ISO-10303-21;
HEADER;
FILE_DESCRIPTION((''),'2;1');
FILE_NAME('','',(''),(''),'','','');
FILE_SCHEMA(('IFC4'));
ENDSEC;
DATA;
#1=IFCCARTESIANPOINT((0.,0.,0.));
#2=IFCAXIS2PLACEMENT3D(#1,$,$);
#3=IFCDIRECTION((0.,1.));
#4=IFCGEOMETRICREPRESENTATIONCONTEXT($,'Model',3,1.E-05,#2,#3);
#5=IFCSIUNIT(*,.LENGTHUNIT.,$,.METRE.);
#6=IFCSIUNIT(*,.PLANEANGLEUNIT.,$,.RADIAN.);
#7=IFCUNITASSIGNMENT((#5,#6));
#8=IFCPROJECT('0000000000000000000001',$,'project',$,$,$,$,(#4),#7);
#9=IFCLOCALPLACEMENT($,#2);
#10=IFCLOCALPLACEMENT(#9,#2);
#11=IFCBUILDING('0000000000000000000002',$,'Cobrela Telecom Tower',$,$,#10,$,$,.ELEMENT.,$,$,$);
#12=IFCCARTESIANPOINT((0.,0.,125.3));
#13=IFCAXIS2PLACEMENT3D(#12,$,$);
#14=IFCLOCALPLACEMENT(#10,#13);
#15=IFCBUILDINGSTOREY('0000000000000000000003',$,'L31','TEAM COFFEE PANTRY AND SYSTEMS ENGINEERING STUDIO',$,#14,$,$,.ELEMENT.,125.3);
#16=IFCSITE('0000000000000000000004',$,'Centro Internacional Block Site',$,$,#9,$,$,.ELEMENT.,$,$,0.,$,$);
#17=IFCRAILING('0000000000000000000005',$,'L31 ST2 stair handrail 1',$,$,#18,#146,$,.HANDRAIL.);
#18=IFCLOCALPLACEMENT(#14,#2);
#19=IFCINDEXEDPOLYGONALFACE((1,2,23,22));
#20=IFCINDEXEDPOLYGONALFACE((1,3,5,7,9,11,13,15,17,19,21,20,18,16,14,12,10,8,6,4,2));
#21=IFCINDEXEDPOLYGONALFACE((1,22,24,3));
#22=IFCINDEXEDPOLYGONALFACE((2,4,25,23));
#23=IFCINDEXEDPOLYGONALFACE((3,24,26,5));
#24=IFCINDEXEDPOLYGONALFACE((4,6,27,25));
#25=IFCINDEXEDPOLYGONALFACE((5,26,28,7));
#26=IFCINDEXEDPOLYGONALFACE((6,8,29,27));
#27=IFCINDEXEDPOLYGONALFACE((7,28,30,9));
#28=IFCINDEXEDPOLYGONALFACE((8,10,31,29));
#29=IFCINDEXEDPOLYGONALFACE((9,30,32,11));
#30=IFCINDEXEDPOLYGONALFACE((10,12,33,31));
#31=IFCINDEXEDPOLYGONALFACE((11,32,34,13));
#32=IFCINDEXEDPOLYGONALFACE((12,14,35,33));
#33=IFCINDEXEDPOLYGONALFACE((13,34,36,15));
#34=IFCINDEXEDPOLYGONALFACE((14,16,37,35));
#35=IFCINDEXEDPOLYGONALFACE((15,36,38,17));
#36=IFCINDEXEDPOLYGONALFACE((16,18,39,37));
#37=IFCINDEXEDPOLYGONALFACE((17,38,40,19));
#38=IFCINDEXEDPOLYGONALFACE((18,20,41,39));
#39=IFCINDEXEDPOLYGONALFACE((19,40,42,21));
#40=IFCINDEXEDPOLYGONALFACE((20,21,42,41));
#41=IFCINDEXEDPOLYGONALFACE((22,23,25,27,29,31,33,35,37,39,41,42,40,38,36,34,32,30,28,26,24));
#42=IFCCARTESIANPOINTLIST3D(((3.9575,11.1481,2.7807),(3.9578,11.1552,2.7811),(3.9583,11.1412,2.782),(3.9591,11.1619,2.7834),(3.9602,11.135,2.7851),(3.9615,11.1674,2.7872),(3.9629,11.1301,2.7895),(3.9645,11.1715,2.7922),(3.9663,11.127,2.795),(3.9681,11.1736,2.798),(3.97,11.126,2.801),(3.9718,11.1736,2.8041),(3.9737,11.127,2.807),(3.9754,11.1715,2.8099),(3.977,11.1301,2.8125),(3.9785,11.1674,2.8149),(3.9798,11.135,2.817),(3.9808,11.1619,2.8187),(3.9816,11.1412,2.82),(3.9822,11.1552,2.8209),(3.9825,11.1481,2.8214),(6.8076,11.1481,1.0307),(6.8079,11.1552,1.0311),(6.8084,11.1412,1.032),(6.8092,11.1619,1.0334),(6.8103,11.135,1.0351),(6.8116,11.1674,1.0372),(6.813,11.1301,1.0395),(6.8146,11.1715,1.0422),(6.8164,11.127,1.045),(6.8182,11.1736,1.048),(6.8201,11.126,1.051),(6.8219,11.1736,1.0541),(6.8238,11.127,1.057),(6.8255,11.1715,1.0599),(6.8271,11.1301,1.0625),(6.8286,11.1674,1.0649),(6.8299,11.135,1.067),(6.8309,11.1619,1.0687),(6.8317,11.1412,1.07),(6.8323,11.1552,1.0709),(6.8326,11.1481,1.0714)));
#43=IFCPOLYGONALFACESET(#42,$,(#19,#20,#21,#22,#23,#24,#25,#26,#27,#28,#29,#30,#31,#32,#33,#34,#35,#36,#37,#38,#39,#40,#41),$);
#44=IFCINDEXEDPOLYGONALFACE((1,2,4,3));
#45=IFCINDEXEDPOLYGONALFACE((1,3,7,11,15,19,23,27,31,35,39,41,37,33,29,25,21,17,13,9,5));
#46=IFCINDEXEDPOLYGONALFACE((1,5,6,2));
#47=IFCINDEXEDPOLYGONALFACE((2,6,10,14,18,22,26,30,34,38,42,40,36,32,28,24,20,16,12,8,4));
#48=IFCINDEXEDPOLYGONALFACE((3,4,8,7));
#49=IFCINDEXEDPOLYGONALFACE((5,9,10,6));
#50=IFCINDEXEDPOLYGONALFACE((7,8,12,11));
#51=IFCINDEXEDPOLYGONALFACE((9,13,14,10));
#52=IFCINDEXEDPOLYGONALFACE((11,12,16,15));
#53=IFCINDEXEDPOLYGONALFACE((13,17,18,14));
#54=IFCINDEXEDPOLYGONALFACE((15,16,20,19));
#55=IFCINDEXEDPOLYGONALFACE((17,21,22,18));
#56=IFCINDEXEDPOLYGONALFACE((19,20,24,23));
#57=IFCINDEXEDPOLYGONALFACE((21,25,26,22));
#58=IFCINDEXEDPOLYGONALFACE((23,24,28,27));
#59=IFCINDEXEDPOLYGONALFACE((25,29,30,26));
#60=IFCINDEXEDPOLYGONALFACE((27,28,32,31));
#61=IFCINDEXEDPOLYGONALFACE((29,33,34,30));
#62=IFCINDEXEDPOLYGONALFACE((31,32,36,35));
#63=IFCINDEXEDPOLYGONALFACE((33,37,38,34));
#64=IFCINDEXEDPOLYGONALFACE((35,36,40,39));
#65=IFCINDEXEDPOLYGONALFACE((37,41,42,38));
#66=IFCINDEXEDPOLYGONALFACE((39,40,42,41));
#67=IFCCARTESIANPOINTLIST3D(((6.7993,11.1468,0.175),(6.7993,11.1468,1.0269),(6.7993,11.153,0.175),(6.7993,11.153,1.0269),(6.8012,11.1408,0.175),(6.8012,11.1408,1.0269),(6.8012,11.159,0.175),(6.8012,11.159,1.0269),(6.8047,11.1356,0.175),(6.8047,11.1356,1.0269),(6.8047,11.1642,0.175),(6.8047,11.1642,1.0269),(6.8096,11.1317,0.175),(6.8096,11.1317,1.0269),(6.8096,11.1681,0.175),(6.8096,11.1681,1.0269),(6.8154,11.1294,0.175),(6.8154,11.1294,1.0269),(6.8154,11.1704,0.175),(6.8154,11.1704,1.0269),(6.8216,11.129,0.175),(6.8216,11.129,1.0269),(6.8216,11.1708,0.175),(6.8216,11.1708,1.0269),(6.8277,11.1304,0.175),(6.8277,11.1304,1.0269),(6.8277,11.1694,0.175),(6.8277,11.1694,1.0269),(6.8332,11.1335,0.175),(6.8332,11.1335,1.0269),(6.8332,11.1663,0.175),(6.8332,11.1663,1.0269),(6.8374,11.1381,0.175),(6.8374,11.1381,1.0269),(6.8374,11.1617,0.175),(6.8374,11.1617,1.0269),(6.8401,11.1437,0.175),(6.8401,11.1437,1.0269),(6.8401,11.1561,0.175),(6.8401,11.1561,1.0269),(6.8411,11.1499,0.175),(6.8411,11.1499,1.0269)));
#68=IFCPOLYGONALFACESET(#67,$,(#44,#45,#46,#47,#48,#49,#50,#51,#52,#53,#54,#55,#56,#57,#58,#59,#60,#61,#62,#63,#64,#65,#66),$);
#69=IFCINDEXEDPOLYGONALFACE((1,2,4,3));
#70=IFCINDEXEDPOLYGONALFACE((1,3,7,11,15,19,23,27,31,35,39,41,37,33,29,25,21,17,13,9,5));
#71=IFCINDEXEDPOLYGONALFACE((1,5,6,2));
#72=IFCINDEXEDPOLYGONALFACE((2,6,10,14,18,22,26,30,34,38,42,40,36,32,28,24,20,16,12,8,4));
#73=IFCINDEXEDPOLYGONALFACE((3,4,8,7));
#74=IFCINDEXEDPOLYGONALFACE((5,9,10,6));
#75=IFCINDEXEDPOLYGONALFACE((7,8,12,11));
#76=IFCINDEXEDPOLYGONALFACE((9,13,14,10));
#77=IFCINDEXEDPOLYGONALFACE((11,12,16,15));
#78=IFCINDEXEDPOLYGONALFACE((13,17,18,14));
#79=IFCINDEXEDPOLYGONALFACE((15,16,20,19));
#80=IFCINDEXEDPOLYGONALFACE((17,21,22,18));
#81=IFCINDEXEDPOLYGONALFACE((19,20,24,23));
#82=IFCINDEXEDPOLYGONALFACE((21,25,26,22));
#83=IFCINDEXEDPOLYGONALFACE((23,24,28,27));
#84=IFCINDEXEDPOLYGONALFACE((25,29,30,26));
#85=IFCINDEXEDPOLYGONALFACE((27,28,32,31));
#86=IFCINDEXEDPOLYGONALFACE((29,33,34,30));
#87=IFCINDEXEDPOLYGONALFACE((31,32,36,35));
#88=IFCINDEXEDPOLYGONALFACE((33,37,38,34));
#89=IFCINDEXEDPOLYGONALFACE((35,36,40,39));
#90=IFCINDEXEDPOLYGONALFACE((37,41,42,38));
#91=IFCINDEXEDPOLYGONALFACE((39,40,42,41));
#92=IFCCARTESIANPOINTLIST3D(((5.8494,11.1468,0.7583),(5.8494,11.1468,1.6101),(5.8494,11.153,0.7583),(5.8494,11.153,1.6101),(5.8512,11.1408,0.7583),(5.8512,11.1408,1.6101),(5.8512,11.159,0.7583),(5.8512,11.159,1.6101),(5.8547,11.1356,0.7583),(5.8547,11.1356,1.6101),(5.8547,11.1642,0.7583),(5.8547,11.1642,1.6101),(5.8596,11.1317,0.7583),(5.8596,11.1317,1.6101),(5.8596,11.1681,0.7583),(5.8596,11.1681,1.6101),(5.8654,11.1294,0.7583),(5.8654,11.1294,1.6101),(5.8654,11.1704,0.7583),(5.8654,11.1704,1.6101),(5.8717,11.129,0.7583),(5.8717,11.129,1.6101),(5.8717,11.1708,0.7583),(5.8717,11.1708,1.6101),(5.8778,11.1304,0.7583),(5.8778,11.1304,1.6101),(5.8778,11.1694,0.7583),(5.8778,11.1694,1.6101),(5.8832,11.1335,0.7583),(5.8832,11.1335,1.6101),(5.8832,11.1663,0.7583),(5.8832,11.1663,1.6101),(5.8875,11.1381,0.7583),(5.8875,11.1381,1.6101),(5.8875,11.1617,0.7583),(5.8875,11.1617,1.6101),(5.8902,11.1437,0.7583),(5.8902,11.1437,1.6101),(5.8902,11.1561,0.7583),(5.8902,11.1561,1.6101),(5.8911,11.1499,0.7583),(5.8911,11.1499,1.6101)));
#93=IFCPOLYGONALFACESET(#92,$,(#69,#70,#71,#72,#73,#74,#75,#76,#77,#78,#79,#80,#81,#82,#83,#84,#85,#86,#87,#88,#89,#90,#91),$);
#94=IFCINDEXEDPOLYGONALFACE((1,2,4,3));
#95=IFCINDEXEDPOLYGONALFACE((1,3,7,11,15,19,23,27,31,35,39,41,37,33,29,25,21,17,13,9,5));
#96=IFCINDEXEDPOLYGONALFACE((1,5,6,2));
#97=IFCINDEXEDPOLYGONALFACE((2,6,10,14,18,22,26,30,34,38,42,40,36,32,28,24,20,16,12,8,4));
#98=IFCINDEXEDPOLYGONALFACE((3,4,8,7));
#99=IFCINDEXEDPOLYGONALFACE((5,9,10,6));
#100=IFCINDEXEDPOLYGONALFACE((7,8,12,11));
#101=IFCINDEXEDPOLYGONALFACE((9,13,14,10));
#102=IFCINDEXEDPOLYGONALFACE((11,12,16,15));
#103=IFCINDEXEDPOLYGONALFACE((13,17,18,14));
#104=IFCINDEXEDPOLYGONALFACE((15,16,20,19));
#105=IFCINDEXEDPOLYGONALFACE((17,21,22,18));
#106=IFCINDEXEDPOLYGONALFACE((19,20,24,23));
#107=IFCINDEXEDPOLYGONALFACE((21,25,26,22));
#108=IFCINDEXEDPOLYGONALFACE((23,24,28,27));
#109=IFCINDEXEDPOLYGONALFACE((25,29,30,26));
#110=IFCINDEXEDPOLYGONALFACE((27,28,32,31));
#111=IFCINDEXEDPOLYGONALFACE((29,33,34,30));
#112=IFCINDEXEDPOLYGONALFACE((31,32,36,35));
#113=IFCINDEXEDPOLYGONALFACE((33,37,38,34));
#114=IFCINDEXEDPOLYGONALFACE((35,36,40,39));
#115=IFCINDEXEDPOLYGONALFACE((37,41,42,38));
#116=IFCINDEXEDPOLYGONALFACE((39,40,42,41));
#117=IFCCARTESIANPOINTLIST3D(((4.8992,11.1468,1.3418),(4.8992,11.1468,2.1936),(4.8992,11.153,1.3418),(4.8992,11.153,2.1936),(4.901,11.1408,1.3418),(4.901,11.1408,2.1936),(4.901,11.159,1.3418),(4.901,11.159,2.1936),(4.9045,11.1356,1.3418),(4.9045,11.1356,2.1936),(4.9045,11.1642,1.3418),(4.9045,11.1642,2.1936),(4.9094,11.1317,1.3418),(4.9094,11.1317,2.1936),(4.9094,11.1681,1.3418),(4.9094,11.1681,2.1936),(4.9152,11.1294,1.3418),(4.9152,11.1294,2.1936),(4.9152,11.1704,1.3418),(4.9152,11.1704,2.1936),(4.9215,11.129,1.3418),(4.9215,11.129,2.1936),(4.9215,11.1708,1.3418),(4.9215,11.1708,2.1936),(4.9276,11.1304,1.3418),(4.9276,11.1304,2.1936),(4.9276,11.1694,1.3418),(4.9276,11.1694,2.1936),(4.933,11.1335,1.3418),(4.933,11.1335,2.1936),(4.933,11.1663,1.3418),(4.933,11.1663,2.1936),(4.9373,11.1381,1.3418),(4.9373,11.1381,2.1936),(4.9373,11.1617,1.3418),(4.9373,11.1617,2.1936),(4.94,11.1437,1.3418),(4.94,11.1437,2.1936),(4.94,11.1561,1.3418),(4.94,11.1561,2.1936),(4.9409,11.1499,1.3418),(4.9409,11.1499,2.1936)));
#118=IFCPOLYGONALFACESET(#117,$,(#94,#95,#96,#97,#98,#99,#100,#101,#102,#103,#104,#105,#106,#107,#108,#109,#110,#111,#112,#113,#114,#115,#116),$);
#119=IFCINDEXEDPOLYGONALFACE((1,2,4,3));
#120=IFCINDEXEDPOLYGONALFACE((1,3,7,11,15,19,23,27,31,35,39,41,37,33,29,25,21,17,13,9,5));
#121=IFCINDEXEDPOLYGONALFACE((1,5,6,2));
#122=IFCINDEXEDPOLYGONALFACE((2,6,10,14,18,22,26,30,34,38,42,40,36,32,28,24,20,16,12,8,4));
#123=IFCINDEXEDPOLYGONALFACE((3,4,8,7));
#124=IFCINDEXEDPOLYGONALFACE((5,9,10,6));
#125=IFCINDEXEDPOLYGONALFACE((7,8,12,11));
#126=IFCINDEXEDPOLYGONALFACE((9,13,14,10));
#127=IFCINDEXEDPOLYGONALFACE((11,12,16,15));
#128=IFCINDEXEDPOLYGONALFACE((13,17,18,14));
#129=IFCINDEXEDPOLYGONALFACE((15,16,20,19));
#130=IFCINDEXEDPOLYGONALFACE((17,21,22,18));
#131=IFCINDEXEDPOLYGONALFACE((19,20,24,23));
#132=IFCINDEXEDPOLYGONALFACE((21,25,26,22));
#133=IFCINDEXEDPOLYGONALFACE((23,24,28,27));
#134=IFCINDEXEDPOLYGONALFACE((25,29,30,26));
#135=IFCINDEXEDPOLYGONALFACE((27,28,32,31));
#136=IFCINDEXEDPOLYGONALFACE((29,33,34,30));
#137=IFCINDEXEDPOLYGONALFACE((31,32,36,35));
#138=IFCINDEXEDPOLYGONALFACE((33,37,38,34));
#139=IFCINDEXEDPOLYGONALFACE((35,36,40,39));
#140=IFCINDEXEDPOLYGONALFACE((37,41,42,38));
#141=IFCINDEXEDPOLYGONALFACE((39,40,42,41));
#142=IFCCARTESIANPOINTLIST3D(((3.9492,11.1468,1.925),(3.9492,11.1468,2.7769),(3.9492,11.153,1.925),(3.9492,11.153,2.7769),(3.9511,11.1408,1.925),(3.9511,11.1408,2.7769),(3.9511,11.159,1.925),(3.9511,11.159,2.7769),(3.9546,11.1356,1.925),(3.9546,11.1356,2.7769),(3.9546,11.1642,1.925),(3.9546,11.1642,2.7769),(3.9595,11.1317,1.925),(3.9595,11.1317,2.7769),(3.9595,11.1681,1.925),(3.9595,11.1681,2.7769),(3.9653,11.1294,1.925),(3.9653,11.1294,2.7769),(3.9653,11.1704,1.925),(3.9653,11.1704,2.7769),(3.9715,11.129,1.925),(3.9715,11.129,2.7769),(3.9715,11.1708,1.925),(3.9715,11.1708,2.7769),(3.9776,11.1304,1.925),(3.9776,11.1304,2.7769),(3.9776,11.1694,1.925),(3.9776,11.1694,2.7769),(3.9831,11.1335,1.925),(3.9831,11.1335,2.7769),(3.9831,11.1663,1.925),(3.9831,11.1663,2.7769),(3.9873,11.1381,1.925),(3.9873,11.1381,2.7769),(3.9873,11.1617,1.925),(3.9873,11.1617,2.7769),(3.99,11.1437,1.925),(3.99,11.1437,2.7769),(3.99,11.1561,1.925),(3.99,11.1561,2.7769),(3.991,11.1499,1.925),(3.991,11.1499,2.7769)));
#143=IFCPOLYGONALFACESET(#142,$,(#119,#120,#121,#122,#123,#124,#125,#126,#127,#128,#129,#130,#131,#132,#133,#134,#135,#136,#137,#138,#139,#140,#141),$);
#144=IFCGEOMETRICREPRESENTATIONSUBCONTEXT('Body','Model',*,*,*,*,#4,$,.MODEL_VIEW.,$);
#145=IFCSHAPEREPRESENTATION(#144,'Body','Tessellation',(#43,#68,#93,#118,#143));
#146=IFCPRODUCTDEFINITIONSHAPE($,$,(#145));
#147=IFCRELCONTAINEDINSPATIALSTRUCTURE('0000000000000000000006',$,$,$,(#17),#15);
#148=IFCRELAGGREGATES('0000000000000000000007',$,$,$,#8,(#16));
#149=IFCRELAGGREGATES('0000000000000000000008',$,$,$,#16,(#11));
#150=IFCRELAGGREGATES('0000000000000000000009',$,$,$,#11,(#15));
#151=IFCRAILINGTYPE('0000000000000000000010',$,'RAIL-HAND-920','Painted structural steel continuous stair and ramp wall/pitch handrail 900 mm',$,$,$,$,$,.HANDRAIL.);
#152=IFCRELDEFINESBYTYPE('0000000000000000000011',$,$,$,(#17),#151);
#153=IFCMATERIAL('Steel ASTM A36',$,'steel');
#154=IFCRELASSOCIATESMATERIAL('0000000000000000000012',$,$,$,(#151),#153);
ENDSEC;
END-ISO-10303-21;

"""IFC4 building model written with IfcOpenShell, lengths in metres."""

from ifc_helpers import new_model, si_unit, direction, frame, origin, origin_2d, place, context, subcontext, project, spatial, circle, extrude, material, type_object, element, save


model = new_model("IFC4")

# Units and contexts
model_context = context("Model", 3, precision=1e-05, world=origin(), true_north=direction((0.0, 1.0)))
body_context = subcontext(model_context, "Body", "Model", "MODEL_VIEW")
ifc_project = project(units=[si_unit("LENGTHUNIT", "METRE"), si_unit("PLANEANGLEUNIT", "RADIAN")], contexts=[model_context])

# Site, building, storey
site_placement = place(None, origin())
site = spatial("IfcSite", under=ifc_project, at=site_placement, Name="Centro Internacional Block Site", CompositionType="ELEMENT", RefElevation=0.0)
building_placement = place(site_placement, origin())
building = spatial("IfcBuilding", under=site, at=building_placement, Name="Cobrela Telecom Tower", CompositionType="ELEMENT")
storey_placement = place(building_placement, frame((0.0, 0.0, 125.3)))
storey = spatial("IfcBuildingStorey", under=building, at=storey_placement, Name="L31", Description="TEAM COFFEE PANTRY AND SYSTEMS ENGINEERING STUDIO", CompositionType="ELEMENT", Elevation=125.3)

# Shared definitions
ifc_material_1 = material(Name="Steel ASTM A36", Category="steel")

# Railing
railing_type_1 = type_object("IfcRailingType", Name="RAIL-HAND-920", Description="Painted structural steel continuous stair and ramp wall/pitch handrail 900 mm", PredefinedType="HANDRAIL", material=ifc_material_1)
railing_1_placement = place(storey_placement, frame((6.8201, 11.1499, 0.175)))
element("IfcRailing", 1, at=railing_1_placement, inside=storey, type_object=railing_type_1, Name="L31 ST2 stair handrail 1", PredefinedType="HANDRAIL", context=body_context, shape_type="SweptSolid", body=[
    extrude(circle(Radius=0.0239, at=origin_2d()), frame((0.0, 0.0, 0.876), z_axis=(-0.852179, 0.0, 0.52325), x_axis=(0.0, -1.0, 0.0)), (0.0, 0.0, 1.0), 3.3445),
    extrude(circle(Radius=0.021, at=origin_2d()), origin(), (0.0, 0.0, 1.0), 0.8518),
    extrude(circle(Radius=0.021, at=origin_2d()), frame((-0.95, 0.0, 0.5833)), (0.0, 0.0, 1.0), 0.8518),
    extrude(circle(Radius=0.021, at=origin_2d()), frame((-1.9001, 0.0, 1.1667)), (0.0, 0.0, 1.0), 0.8518),
    extrude(circle(Radius=0.021, at=origin_2d()), frame((-2.8501, 0.0, 1.75)), (0.0, 0.0, 1.0), 0.8518),
])

save(model, "model.ifc")
